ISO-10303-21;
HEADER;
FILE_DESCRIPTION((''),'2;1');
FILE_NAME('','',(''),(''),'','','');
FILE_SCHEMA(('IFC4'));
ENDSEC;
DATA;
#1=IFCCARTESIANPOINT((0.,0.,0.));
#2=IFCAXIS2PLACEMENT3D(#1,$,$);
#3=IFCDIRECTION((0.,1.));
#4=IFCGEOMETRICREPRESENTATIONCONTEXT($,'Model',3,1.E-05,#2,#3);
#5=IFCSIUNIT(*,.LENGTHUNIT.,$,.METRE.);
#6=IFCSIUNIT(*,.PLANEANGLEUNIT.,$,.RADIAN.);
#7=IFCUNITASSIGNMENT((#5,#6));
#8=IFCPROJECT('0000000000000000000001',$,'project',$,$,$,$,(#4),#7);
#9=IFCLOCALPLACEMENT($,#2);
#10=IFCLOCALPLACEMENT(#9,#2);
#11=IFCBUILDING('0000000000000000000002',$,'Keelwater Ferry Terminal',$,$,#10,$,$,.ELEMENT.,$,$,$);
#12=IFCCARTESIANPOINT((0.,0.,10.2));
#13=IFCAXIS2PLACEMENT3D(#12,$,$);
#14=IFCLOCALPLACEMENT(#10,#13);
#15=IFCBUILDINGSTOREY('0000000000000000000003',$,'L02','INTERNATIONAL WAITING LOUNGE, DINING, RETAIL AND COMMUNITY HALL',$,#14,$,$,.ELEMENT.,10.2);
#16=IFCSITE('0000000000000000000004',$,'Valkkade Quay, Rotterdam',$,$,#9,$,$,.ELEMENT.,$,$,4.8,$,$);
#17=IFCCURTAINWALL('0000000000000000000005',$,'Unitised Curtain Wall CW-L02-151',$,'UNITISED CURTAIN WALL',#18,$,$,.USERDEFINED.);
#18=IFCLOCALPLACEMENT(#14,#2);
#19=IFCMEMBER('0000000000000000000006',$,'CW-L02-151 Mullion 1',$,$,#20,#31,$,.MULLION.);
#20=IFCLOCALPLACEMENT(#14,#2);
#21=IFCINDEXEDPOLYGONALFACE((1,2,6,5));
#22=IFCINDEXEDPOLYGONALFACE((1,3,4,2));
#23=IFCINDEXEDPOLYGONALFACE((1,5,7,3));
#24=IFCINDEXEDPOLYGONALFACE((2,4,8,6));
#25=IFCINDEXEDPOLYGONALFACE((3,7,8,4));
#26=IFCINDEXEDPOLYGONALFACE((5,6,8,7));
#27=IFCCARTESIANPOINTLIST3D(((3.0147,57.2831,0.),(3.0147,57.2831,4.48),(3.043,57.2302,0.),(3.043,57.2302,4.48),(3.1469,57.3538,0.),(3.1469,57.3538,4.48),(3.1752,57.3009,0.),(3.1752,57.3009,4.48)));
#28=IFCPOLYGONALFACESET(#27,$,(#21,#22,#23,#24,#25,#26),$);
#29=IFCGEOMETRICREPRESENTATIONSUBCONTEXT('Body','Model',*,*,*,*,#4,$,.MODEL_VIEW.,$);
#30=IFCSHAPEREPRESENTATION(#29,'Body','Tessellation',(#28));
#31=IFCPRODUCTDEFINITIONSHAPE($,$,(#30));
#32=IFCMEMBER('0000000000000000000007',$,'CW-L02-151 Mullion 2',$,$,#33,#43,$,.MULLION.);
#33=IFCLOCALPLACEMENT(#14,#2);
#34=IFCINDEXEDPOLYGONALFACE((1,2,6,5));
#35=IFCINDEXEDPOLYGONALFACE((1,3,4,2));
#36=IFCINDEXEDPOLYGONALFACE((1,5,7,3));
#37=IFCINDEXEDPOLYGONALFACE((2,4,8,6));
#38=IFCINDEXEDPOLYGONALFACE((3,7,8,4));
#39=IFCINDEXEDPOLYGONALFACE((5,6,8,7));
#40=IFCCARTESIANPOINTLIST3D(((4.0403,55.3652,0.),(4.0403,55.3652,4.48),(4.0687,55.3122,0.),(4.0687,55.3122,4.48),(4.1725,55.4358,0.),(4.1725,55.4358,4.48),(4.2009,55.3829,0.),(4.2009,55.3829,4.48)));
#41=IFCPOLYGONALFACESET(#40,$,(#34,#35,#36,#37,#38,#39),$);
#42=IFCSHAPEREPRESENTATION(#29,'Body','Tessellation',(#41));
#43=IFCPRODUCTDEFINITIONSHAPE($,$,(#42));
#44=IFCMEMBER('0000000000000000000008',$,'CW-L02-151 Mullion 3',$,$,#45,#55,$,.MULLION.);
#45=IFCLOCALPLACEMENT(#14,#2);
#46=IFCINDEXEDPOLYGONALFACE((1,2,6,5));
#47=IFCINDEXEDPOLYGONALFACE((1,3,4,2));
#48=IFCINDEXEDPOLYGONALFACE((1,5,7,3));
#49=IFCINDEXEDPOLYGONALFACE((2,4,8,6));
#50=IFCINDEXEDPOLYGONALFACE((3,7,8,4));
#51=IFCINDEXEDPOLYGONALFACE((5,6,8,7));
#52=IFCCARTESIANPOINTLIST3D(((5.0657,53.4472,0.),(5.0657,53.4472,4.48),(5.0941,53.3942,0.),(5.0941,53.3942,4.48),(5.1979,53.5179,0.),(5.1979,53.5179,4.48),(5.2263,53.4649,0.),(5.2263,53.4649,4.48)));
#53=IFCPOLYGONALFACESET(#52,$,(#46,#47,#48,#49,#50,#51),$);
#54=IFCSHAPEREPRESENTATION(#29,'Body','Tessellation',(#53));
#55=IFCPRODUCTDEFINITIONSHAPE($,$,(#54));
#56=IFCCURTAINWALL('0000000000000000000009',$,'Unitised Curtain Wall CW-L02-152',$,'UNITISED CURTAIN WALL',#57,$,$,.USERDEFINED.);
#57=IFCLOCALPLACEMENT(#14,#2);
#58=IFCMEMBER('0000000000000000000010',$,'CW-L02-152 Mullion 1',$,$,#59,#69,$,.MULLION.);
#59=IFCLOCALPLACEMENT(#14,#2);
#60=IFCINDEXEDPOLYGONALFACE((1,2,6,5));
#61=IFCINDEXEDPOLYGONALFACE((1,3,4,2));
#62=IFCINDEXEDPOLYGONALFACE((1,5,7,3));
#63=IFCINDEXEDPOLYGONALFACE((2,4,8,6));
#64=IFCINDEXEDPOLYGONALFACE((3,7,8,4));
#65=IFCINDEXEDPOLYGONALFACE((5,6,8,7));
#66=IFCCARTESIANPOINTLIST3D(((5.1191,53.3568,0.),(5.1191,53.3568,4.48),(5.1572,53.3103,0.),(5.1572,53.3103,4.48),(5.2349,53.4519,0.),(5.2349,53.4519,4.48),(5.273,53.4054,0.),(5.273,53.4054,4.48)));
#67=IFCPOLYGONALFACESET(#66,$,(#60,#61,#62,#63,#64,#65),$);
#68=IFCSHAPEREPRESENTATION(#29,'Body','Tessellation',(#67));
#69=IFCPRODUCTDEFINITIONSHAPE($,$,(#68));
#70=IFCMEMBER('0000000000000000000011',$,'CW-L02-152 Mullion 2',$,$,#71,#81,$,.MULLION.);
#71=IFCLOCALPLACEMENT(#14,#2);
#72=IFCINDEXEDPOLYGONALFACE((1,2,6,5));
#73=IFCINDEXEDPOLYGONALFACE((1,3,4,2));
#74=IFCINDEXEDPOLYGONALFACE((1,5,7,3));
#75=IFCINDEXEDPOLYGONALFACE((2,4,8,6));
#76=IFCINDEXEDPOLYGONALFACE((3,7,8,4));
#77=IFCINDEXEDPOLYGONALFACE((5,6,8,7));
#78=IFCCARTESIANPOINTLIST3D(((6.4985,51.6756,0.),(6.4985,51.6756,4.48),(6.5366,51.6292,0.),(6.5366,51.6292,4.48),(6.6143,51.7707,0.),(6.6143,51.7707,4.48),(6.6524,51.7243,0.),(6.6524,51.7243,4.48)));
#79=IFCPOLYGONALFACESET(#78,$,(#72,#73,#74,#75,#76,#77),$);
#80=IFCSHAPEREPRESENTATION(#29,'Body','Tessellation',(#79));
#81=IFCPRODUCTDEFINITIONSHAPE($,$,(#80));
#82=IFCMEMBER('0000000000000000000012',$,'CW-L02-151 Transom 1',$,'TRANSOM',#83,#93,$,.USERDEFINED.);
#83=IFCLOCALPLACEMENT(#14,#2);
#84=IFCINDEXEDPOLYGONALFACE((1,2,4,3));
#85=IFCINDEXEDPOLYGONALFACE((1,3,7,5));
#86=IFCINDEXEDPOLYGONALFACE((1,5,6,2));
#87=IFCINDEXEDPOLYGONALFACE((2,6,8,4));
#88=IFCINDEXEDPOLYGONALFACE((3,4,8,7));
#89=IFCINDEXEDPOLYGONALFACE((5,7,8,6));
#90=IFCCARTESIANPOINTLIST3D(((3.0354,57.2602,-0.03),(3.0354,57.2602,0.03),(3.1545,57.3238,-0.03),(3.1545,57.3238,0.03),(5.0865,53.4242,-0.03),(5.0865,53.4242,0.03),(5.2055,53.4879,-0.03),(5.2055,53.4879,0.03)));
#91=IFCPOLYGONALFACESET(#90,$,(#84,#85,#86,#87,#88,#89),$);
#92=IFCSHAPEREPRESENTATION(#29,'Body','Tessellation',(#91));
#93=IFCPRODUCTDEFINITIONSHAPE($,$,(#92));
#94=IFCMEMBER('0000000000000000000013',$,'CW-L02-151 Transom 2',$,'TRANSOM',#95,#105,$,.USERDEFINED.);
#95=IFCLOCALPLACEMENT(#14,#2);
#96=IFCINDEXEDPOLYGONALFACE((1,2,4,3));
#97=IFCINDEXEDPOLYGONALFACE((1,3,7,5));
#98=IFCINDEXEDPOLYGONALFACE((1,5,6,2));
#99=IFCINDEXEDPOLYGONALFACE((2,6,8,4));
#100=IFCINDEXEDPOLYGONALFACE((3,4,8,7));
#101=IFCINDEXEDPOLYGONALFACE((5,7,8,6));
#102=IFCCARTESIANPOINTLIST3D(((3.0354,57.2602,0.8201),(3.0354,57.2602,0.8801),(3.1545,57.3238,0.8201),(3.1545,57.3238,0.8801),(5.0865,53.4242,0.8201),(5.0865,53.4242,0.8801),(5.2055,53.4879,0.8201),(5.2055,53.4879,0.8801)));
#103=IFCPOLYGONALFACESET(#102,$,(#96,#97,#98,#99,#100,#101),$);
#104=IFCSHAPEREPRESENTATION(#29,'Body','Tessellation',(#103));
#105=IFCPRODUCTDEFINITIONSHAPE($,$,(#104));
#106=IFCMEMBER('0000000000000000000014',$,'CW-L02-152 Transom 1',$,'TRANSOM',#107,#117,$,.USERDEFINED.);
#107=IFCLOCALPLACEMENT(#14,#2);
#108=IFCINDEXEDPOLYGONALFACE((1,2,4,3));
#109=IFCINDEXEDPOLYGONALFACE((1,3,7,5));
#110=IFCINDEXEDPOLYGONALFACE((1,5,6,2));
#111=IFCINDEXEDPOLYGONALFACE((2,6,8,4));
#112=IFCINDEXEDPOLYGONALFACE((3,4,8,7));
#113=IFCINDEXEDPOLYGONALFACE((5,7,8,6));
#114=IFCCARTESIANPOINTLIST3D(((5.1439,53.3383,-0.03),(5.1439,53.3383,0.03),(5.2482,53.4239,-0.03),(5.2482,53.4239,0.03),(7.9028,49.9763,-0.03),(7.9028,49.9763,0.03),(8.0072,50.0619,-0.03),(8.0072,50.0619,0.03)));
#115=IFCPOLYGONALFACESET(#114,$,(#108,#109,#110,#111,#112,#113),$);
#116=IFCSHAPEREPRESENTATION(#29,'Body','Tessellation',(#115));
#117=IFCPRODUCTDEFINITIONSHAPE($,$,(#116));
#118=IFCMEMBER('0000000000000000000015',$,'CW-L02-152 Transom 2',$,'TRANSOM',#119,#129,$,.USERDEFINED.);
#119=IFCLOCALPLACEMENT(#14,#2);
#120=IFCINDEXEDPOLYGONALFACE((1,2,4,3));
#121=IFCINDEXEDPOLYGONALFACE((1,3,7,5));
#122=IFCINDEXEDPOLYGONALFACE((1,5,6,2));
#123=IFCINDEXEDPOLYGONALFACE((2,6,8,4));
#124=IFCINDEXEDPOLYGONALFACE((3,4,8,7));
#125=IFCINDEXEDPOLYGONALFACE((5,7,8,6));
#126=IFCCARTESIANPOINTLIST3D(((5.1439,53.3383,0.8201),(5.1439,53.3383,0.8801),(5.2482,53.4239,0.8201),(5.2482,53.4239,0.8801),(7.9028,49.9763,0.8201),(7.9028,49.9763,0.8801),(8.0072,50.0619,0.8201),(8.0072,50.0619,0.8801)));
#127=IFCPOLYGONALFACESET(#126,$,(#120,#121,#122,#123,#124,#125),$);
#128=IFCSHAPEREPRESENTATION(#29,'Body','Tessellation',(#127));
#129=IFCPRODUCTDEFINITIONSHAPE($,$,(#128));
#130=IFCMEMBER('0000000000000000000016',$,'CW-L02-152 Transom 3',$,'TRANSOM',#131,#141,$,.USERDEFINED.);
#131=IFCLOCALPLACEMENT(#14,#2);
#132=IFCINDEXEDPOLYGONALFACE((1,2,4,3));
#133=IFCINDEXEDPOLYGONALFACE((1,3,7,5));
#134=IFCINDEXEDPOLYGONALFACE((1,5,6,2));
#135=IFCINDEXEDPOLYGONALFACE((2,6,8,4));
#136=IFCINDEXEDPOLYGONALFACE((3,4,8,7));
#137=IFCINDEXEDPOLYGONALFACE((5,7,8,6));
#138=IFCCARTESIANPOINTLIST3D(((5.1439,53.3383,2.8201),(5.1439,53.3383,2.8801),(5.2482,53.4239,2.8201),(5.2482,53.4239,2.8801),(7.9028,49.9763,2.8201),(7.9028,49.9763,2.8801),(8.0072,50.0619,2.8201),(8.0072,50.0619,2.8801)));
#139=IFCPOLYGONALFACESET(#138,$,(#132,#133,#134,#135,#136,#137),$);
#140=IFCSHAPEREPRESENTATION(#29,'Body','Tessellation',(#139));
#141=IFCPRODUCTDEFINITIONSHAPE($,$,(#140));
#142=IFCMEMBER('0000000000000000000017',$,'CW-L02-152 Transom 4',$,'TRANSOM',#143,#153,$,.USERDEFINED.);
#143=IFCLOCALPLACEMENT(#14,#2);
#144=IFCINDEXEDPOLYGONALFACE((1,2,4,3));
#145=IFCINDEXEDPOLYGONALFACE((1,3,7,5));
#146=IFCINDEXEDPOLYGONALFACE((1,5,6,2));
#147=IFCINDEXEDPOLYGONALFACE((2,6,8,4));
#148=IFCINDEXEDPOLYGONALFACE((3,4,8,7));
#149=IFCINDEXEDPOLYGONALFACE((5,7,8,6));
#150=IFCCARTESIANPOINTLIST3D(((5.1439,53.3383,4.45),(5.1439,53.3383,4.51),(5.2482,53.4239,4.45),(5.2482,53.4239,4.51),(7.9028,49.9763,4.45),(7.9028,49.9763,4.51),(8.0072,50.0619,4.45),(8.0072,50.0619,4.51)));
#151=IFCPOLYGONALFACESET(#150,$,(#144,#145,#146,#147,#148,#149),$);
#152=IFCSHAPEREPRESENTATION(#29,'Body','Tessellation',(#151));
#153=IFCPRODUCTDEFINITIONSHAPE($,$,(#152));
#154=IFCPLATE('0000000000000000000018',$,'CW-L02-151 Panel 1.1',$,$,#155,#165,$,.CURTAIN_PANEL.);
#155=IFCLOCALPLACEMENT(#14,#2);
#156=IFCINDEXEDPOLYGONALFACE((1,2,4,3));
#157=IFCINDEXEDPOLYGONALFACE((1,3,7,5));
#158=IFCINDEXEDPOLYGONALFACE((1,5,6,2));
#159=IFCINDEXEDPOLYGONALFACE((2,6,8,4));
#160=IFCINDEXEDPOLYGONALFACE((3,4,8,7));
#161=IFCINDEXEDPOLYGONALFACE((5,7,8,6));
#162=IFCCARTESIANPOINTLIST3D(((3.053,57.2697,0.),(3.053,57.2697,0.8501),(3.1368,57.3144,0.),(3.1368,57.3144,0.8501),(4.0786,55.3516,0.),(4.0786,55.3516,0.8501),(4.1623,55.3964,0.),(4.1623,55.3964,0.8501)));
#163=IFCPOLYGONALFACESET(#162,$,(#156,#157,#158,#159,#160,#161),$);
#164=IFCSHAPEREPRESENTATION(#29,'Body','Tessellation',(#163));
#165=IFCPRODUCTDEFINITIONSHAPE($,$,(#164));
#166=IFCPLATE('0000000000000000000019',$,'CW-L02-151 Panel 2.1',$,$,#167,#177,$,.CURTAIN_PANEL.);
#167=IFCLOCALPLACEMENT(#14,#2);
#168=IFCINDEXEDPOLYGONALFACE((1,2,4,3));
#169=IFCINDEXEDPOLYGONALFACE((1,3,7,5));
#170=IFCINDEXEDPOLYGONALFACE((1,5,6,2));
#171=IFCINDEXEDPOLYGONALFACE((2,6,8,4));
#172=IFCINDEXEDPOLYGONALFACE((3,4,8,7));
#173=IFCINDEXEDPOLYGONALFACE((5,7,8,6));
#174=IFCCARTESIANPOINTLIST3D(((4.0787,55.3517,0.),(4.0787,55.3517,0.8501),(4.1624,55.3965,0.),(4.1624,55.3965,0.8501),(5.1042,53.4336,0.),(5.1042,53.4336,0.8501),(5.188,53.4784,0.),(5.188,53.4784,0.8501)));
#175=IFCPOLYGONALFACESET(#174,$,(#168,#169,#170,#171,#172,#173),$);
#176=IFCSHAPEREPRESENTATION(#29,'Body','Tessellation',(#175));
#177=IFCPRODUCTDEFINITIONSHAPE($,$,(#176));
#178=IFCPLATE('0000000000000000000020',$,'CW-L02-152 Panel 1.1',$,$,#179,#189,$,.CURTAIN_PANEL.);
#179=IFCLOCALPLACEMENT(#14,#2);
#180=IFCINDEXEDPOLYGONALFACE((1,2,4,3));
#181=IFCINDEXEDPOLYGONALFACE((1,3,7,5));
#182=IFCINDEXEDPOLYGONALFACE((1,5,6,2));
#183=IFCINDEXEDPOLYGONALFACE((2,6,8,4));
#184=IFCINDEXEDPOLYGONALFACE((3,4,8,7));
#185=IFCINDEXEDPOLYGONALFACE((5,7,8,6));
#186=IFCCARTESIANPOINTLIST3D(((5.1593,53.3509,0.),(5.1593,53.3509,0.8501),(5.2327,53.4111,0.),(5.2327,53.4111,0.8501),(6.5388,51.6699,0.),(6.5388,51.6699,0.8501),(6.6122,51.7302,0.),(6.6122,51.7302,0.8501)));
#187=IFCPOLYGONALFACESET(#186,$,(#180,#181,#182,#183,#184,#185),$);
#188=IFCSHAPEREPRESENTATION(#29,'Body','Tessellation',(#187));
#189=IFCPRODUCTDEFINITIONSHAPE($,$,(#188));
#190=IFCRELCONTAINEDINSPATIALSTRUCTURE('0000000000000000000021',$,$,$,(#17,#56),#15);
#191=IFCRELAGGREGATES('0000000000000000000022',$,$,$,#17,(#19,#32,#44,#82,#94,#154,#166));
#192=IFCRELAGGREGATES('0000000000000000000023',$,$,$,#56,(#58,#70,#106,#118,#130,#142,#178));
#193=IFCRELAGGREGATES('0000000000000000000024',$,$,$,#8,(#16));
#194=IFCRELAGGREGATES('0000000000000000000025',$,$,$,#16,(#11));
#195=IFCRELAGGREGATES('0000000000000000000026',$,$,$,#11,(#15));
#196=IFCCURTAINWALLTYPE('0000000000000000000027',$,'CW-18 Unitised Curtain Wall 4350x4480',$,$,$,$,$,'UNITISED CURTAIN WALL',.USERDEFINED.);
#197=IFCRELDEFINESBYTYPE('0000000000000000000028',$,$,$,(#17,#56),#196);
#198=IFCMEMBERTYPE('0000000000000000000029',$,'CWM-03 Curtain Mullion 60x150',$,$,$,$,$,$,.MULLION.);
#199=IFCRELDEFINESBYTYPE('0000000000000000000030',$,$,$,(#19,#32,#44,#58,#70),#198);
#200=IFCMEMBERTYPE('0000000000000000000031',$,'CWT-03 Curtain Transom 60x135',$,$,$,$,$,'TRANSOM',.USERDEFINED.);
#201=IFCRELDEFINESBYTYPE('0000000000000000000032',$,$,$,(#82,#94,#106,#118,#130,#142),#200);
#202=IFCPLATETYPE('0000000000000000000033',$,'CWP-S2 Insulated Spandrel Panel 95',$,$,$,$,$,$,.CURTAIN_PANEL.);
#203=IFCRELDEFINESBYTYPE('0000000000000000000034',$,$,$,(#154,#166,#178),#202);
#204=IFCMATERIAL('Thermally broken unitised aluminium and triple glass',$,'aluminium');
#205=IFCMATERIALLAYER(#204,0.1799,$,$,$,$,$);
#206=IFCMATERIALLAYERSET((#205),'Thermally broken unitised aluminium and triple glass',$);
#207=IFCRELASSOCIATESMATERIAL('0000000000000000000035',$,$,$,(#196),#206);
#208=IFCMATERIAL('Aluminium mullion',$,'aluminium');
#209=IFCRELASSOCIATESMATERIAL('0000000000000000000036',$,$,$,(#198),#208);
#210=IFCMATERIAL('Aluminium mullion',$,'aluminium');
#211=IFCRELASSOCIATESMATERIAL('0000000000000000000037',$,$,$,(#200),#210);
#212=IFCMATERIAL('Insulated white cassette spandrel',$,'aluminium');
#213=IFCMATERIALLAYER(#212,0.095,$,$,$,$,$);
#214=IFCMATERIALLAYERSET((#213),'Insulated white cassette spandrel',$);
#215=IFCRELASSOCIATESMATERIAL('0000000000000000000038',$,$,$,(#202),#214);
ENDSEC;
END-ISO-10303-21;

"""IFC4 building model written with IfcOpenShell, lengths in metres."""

from ifc_helpers import new_model, si_unit, direction, frame, origin, origin_2d, place, context, subcontext, project, spatial, rectangle, extrude, material, layer, layer_set, material_profile, profile_set, type_object, element, aggregate, save


model = new_model("IFC4")

# Units and contexts
model_context = context("Model", 3, precision=1e-05, world=origin(), true_north=direction((0.0, 1.0)))
body_context = subcontext(model_context, "Body", "Model", "MODEL_VIEW")
ifc_project = project(units=[si_unit("LENGTHUNIT", "METRE"), si_unit("PLANEANGLEUNIT", "RADIAN")], contexts=[model_context])

# Site, building, storey
site_placement = place(None, origin())
site = spatial("IfcSite", under=ifc_project, at=site_placement, Name="Valkkade Quay, Rotterdam", CompositionType="ELEMENT", RefElevation=4.8)
building_placement = place(site_placement, origin())
building = spatial("IfcBuilding", under=site, at=building_placement, Name="Keelwater Ferry Terminal", CompositionType="ELEMENT")
storey_placement = place(building_placement, frame((0.0, 0.0, 10.2)))
storey = spatial("IfcBuildingStorey", under=building, at=storey_placement, Name="L02", Description="INTERNATIONAL WAITING LOUNGE, DINING, RETAIL AND COMMUNITY HALL", CompositionType="ELEMENT", Elevation=10.2)

# Curtain walls, members
ifc_material_1 = material(Name="Thermally broken unitised aluminium and triple glass", Category="aluminium")
ifc_layer_1 = layer(ifc_material_1, 0.1799)
ifc_layer_set_1 = layer_set([ifc_layer_1], Name="Thermally broken unitised aluminium and triple glass")
curtain_wall_type = type_object("IfcCurtainWallType", Name="CW-18 Unitised Curtain Wall 4350x4480", ElementType="UNITISED CURTAIN WALL", PredefinedType="USERDEFINED", material=ifc_layer_set_1)
curtain_wall_1_placement = place(storey_placement, origin())
curtain_wall_1 = element("IfcCurtainWall", 1, at=curtain_wall_1_placement, inside=storey, type_object=curtain_wall_type, Name="Unitised Curtain Wall CW-L02-151", ObjectType="UNITISED CURTAIN WALL", PredefinedType="USERDEFINED")
ifc_material_2 = material(Name="Aluminium mullion", Category="aluminium")
ifc_material_profile_1 = material_profile(ifc_material_2, rectangle(XDim=0.0601, YDim=0.1499, at=origin_2d()), Name="CWM-03")
ifc_profile_set_1 = profile_set([ifc_material_profile_1], Name="Aluminium mullion")
member_type_1 = type_object("IfcMemberType", Name="CWM-03 Curtain Mullion 60x150", PredefinedType="MULLION", material=ifc_profile_set_1)
member_1_placement = place(storey_placement, frame((3.095, 57.292, 0.0), z_axis=(0.0, 0.0, 1.0), x_axis=(0.471507, -0.881862, 0.0)))
member_1 = element("IfcMember", 2, at=member_1_placement, type_object=member_type_1, Name="CW-L02-151 Mullion 1", PredefinedType="MULLION", context=body_context, shape_type="SweptSolid", body=[
    extrude(rectangle(XDim=0.0601, YDim=0.1499, at=origin_2d()), origin(), (0.0, 0.0, 1.0), 4.48),
])
member_2_placement = place(storey_placement, frame((4.1206, 55.374, 0.0), z_axis=(0.0, 0.0, 1.0), x_axis=(0.471507, -0.881862, 0.0)))
member_2 = element("IfcMember", 3, at=member_2_placement, type_object=member_type_1, Name="CW-L02-151 Mullion 2", PredefinedType="MULLION", context=body_context, shape_type="SweptSolid", body=[
    extrude(rectangle(XDim=0.0601, YDim=0.1499, at=origin_2d()), origin(), (0.0, 0.0, 1.0), 4.48),
])
member_3_placement = place(storey_placement, frame((5.146, 53.4561, 0.0), z_axis=(0.0, 0.0, 1.0), x_axis=(0.471507, -0.881862, 0.0)))
member_3 = element("IfcMember", 4, at=member_3_placement, type_object=member_type_1, Name="CW-L02-151 Mullion 3", PredefinedType="MULLION", context=body_context, shape_type="SweptSolid", body=[
    extrude(rectangle(XDim=0.0601, YDim=0.1499, at=origin_2d()), origin(), (0.0, 0.0, 1.0), 4.48),
])
curtain_wall_2_placement = place(storey_placement, origin())
curtain_wall_2 = element("IfcCurtainWall", 5, at=curtain_wall_2_placement, inside=storey, type_object=curtain_wall_type, Name="Unitised Curtain Wall CW-L02-152", ObjectType="UNITISED CURTAIN WALL", PredefinedType="USERDEFINED")
member_4_placement = place(storey_placement, frame((5.196, 53.3811, 0.0), z_axis=(0.0, 0.0, 1.0), x_axis=(0.634377, -0.773024, 0.0)))
member_4 = element("IfcMember", 6, at=member_4_placement, type_object=member_type_1, Name="CW-L02-152 Mullion 1", PredefinedType="MULLION", context=body_context, shape_type="SweptSolid", body=[
    extrude(rectangle(XDim=0.0601, YDim=0.1499, at=origin_2d()), origin(), (0.0, 0.0, 1.0), 4.48),
])
member_5_placement = place(storey_placement, frame((6.5754, 51.7, 0.0), z_axis=(0.0, 0.0, 1.0), x_axis=(0.634377, -0.773024, 0.0)))
member_5 = element("IfcMember", 7, at=member_5_placement, type_object=member_type_1, Name="CW-L02-152 Mullion 2", PredefinedType="MULLION", context=body_context, shape_type="SweptSolid", body=[
    extrude(rectangle(XDim=0.0601, YDim=0.1499, at=origin_2d()), origin(), (0.0, 0.0, 1.0), 4.48),
])

# Members
ifc_material_3 = material(Name="Aluminium mullion", Category="aluminium")
ifc_material_profile_2 = material_profile(ifc_material_3, rectangle(XDim=0.135, YDim=0.0601, at=origin_2d()), Name="CWT-03")
ifc_profile_set_2 = profile_set([ifc_material_profile_2], Name="Aluminium mullion")
member_type_2 = type_object("IfcMemberType", Name="CWT-03 Curtain Transom 60x135", ElementType="TRANSOM", PredefinedType="USERDEFINED", material=ifc_profile_set_2)
member_6_placement = place(storey_placement, frame((3.095, 57.292, 0.0), z_axis=(0.471517, -0.881857, 0.0), x_axis=(0.881857, 0.471517, 0.0)))
member_6 = element("IfcMember", 8, at=member_6_placement, type_object=member_type_2, Name="CW-L02-151 Transom 1", ObjectType="TRANSOM", PredefinedType="USERDEFINED", context=body_context, shape_type="SweptSolid", body=[
    extrude(rectangle(XDim=0.135, YDim=0.0601, at=origin_2d()), origin(), (0.0, 0.0, 1.0), 4.3499),
])
member_7_placement = place(storey_placement, frame((3.095, 57.292, 0.8501), z_axis=(0.471517, -0.881857, 0.0), x_axis=(0.881857, 0.471517, 0.0)))
member_7 = element("IfcMember", 9, at=member_7_placement, type_object=member_type_2, Name="CW-L02-151 Transom 2", ObjectType="TRANSOM", PredefinedType="USERDEFINED", context=body_context, shape_type="SweptSolid", body=[
    extrude(rectangle(XDim=0.135, YDim=0.0601, at=origin_2d()), origin(), (0.0, 0.0, 1.0), 4.3499),
])
member_8_placement = place(storey_placement, frame((5.196, 53.3811, 0.0), z_axis=(0.634374, -0.773026, 0.0), x_axis=(0.773026, 0.634374, 0.0)))
member_8 = element("IfcMember", 10, at=member_8_placement, type_object=member_type_2, Name="CW-L02-152 Transom 1", ObjectType="TRANSOM", PredefinedType="USERDEFINED", context=body_context, shape_type="SweptSolid", body=[
    extrude(rectangle(XDim=0.135, YDim=0.0601, at=origin_2d()), origin(), (0.0, 0.0, 1.0), 4.3491),
])
member_9_placement = place(storey_placement, frame((5.196, 53.3811, 0.8501), z_axis=(0.634374, -0.773026, 0.0), x_axis=(0.773026, 0.634374, 0.0)))
member_9 = element("IfcMember", 11, at=member_9_placement, type_object=member_type_2, Name="CW-L02-152 Transom 2", ObjectType="TRANSOM", PredefinedType="USERDEFINED", context=body_context, shape_type="SweptSolid", body=[
    extrude(rectangle(XDim=0.135, YDim=0.0601, at=origin_2d()), origin(), (0.0, 0.0, 1.0), 4.3491),
])
member_10_placement = place(storey_placement, frame((5.196, 53.3811, 2.8501), z_axis=(0.634374, -0.773026, 0.0), x_axis=(0.773026, 0.634374, 0.0)))
member_10 = element("IfcMember", 12, at=member_10_placement, type_object=member_type_2, Name="CW-L02-152 Transom 3", ObjectType="TRANSOM", PredefinedType="USERDEFINED", context=body_context, shape_type="SweptSolid", body=[
    extrude(rectangle(XDim=0.135, YDim=0.0601, at=origin_2d()), origin(), (0.0, 0.0, 1.0), 4.3491),
])
member_11_placement = place(storey_placement, frame((5.196, 53.3811, 4.48), z_axis=(0.634374, -0.773026, 0.0), x_axis=(0.773026, 0.634374, 0.0)))
member_11 = element("IfcMember", 13, at=member_11_placement, type_object=member_type_2, Name="CW-L02-152 Transom 4", ObjectType="TRANSOM", PredefinedType="USERDEFINED", context=body_context, shape_type="SweptSolid", body=[
    extrude(rectangle(XDim=0.135, YDim=0.0601, at=origin_2d()), origin(), (0.0, 0.0, 1.0), 4.3491),
])

# Plates
ifc_material_4 = material(Name="Insulated white cassette spandrel", Category="aluminium")
ifc_layer_2 = layer(ifc_material_4, 0.095)
ifc_layer_set_2 = layer_set([ifc_layer_2], Name="Insulated white cassette spandrel")
plate_type_1 = type_object("IfcPlateType", Name="CWP-S2 Insulated Spandrel Panel 95", PredefinedType="CURTAIN_PANEL", material=ifc_layer_set_2)
plate_1_placement = place(storey_placement, frame((3.6077, 56.333, 0.0), z_axis=(0.0, 0.0, 1.0), x_axis=(0.471507, -0.881862, 0.0)))
plate_1 = element("IfcPlate", 14, at=plate_1_placement, type_object=plate_type_1, Name="CW-L02-151 Panel 1.1", PredefinedType="CURTAIN_PANEL", context=body_context, shape_type="SweptSolid", body=[
    extrude(rectangle(XDim=2.175, YDim=0.095, at=origin_2d()), origin(), (0.0, 0.0, 1.0), 0.8501),
])
plate_2_placement = place(storey_placement, frame((4.6333, 54.415, 0.0), z_axis=(0.0, 0.0, 1.0), x_axis=(0.471507, -0.881862, 0.0)))
plate_2 = element("IfcPlate", 15, at=plate_2_placement, type_object=plate_type_1, Name="CW-L02-151 Panel 2.1", PredefinedType="CURTAIN_PANEL", context=body_context, shape_type="SweptSolid", body=[
    extrude(rectangle(XDim=2.175, YDim=0.095, at=origin_2d()), origin(), (0.0, 0.0, 1.0), 0.8501),
])
plate_3_placement = place(storey_placement, frame((5.8857, 52.5405, 0.0), z_axis=(0.0, 0.0, 1.0), x_axis=(0.634377, -0.773024, 0.0)))
plate_3 = element("IfcPlate", 16, at=plate_3_placement, type_object=plate_type_1, Name="CW-L02-152 Panel 1.1", PredefinedType="CURTAIN_PANEL", context=body_context, shape_type="SweptSolid", body=[
    extrude(rectangle(XDim=2.1746, YDim=0.095, at=origin_2d()), origin(), (0.0, 0.0, 1.0), 0.8501),
])
aggregate(curtain_wall_1, [member_1, member_2, member_3, member_6, member_7, plate_1, plate_2])
aggregate(curtain_wall_2, [member_4, member_5, member_8, member_9, member_10, member_11, plate_3])

save(model, "model.ifc")
